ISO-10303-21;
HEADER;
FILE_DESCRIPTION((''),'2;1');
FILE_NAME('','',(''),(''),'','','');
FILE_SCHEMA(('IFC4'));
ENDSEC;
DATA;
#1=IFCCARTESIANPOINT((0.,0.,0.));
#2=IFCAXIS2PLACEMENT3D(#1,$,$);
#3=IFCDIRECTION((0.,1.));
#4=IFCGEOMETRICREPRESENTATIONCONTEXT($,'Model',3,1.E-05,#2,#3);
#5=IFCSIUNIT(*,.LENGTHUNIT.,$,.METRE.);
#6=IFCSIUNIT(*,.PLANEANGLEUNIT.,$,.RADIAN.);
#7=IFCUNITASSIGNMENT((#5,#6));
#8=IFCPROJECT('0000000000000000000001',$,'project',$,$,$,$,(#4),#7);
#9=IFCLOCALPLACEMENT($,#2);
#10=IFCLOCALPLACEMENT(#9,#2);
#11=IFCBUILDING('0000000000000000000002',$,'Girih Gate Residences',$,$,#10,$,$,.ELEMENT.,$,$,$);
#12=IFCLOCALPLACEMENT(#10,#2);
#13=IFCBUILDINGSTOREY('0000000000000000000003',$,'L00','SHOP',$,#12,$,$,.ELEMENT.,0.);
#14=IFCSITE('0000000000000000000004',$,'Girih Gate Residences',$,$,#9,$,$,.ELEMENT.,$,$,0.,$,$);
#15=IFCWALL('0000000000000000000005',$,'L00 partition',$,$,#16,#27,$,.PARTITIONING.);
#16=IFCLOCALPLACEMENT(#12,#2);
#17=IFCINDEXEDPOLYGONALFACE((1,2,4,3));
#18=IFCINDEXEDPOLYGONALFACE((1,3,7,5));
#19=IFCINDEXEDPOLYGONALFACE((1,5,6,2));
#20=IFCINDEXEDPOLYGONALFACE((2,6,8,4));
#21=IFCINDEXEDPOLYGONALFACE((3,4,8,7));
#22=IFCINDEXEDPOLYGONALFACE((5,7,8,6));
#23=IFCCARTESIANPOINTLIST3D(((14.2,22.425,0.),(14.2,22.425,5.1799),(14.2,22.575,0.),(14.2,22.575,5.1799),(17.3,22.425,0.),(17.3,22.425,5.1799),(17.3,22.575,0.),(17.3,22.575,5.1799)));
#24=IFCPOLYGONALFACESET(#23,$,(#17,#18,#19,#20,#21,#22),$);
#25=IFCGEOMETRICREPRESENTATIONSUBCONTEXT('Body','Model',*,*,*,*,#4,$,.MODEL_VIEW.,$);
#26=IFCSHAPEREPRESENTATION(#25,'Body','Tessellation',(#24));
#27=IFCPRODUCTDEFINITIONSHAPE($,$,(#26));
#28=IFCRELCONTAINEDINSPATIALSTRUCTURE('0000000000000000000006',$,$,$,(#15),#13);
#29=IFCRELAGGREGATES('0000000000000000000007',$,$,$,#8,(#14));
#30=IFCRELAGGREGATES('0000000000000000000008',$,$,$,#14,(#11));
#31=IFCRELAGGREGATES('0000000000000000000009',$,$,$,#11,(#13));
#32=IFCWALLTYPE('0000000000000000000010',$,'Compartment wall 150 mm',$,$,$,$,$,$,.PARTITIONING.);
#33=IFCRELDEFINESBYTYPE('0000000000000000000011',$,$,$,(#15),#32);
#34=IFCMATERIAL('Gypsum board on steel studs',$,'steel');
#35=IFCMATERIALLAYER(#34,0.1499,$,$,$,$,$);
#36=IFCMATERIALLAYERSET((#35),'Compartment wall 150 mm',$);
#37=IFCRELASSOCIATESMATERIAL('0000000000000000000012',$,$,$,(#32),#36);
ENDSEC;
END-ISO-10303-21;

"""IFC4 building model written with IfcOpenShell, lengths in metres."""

from ifc_helpers import new_model, si_unit, direction, frame, frame_2d, origin, place, context, subcontext, project, spatial, rectangle, extrude, material, layer, layer_set, type_object, element, save


model = new_model("IFC4")

# Units and contexts
model_context = context("Model", 3, precision=1e-05, world=origin(), true_north=direction((0.0, 1.0)))
body_context = subcontext(model_context, "Body", "Model", "MODEL_VIEW")
ifc_project = project(units=[si_unit("LENGTHUNIT", "METRE"), si_unit("PLANEANGLEUNIT", "RADIAN")], contexts=[model_context])

# Site, building, storey
site_placement = place(None, origin())
site = spatial("IfcSite", under=ifc_project, at=site_placement, Name="Girih Gate Residences", CompositionType="ELEMENT", RefElevation=0.0)
building_placement = place(site_placement, origin())
building = spatial("IfcBuilding", under=site, at=building_placement, Name="Girih Gate Residences", CompositionType="ELEMENT")
storey_placement = place(building_placement, origin())
storey = spatial("IfcBuildingStorey", under=building, at=storey_placement, Name="L00", Description="SHOP", CompositionType="ELEMENT", Elevation=0.0)

# Wall
ifc_material_1 = material(Name="Gypsum board on steel studs", Category="steel")
ifc_layer_1 = layer(ifc_material_1, 0.1499)
ifc_layer_set_1 = layer_set([ifc_layer_1], Name="Compartment wall 150 mm")
wall_type_1 = type_object("IfcWallType", Name="Compartment wall 150 mm", PredefinedType="PARTITIONING", material=ifc_layer_set_1)
wall_1_placement = place(storey_placement, frame((14.2, 22.5, 0.0), z_axis=(0.0, 0.0, 1.0), x_axis=(1.0, 0.0, 0.0)))
element("IfcWall", 1, at=wall_1_placement, inside=storey, type_object=wall_type_1, Name="L00 partition", PredefinedType="PARTITIONING", context=body_context, shape_type="SweptSolid", body=[
    extrude(rectangle(XDim=3.1001, YDim=0.1499, at=frame_2d((1.55, 0.0))), origin(), (0.0, 0.0, 1.0), 5.1799),
])

save(model, "model.ifc")
